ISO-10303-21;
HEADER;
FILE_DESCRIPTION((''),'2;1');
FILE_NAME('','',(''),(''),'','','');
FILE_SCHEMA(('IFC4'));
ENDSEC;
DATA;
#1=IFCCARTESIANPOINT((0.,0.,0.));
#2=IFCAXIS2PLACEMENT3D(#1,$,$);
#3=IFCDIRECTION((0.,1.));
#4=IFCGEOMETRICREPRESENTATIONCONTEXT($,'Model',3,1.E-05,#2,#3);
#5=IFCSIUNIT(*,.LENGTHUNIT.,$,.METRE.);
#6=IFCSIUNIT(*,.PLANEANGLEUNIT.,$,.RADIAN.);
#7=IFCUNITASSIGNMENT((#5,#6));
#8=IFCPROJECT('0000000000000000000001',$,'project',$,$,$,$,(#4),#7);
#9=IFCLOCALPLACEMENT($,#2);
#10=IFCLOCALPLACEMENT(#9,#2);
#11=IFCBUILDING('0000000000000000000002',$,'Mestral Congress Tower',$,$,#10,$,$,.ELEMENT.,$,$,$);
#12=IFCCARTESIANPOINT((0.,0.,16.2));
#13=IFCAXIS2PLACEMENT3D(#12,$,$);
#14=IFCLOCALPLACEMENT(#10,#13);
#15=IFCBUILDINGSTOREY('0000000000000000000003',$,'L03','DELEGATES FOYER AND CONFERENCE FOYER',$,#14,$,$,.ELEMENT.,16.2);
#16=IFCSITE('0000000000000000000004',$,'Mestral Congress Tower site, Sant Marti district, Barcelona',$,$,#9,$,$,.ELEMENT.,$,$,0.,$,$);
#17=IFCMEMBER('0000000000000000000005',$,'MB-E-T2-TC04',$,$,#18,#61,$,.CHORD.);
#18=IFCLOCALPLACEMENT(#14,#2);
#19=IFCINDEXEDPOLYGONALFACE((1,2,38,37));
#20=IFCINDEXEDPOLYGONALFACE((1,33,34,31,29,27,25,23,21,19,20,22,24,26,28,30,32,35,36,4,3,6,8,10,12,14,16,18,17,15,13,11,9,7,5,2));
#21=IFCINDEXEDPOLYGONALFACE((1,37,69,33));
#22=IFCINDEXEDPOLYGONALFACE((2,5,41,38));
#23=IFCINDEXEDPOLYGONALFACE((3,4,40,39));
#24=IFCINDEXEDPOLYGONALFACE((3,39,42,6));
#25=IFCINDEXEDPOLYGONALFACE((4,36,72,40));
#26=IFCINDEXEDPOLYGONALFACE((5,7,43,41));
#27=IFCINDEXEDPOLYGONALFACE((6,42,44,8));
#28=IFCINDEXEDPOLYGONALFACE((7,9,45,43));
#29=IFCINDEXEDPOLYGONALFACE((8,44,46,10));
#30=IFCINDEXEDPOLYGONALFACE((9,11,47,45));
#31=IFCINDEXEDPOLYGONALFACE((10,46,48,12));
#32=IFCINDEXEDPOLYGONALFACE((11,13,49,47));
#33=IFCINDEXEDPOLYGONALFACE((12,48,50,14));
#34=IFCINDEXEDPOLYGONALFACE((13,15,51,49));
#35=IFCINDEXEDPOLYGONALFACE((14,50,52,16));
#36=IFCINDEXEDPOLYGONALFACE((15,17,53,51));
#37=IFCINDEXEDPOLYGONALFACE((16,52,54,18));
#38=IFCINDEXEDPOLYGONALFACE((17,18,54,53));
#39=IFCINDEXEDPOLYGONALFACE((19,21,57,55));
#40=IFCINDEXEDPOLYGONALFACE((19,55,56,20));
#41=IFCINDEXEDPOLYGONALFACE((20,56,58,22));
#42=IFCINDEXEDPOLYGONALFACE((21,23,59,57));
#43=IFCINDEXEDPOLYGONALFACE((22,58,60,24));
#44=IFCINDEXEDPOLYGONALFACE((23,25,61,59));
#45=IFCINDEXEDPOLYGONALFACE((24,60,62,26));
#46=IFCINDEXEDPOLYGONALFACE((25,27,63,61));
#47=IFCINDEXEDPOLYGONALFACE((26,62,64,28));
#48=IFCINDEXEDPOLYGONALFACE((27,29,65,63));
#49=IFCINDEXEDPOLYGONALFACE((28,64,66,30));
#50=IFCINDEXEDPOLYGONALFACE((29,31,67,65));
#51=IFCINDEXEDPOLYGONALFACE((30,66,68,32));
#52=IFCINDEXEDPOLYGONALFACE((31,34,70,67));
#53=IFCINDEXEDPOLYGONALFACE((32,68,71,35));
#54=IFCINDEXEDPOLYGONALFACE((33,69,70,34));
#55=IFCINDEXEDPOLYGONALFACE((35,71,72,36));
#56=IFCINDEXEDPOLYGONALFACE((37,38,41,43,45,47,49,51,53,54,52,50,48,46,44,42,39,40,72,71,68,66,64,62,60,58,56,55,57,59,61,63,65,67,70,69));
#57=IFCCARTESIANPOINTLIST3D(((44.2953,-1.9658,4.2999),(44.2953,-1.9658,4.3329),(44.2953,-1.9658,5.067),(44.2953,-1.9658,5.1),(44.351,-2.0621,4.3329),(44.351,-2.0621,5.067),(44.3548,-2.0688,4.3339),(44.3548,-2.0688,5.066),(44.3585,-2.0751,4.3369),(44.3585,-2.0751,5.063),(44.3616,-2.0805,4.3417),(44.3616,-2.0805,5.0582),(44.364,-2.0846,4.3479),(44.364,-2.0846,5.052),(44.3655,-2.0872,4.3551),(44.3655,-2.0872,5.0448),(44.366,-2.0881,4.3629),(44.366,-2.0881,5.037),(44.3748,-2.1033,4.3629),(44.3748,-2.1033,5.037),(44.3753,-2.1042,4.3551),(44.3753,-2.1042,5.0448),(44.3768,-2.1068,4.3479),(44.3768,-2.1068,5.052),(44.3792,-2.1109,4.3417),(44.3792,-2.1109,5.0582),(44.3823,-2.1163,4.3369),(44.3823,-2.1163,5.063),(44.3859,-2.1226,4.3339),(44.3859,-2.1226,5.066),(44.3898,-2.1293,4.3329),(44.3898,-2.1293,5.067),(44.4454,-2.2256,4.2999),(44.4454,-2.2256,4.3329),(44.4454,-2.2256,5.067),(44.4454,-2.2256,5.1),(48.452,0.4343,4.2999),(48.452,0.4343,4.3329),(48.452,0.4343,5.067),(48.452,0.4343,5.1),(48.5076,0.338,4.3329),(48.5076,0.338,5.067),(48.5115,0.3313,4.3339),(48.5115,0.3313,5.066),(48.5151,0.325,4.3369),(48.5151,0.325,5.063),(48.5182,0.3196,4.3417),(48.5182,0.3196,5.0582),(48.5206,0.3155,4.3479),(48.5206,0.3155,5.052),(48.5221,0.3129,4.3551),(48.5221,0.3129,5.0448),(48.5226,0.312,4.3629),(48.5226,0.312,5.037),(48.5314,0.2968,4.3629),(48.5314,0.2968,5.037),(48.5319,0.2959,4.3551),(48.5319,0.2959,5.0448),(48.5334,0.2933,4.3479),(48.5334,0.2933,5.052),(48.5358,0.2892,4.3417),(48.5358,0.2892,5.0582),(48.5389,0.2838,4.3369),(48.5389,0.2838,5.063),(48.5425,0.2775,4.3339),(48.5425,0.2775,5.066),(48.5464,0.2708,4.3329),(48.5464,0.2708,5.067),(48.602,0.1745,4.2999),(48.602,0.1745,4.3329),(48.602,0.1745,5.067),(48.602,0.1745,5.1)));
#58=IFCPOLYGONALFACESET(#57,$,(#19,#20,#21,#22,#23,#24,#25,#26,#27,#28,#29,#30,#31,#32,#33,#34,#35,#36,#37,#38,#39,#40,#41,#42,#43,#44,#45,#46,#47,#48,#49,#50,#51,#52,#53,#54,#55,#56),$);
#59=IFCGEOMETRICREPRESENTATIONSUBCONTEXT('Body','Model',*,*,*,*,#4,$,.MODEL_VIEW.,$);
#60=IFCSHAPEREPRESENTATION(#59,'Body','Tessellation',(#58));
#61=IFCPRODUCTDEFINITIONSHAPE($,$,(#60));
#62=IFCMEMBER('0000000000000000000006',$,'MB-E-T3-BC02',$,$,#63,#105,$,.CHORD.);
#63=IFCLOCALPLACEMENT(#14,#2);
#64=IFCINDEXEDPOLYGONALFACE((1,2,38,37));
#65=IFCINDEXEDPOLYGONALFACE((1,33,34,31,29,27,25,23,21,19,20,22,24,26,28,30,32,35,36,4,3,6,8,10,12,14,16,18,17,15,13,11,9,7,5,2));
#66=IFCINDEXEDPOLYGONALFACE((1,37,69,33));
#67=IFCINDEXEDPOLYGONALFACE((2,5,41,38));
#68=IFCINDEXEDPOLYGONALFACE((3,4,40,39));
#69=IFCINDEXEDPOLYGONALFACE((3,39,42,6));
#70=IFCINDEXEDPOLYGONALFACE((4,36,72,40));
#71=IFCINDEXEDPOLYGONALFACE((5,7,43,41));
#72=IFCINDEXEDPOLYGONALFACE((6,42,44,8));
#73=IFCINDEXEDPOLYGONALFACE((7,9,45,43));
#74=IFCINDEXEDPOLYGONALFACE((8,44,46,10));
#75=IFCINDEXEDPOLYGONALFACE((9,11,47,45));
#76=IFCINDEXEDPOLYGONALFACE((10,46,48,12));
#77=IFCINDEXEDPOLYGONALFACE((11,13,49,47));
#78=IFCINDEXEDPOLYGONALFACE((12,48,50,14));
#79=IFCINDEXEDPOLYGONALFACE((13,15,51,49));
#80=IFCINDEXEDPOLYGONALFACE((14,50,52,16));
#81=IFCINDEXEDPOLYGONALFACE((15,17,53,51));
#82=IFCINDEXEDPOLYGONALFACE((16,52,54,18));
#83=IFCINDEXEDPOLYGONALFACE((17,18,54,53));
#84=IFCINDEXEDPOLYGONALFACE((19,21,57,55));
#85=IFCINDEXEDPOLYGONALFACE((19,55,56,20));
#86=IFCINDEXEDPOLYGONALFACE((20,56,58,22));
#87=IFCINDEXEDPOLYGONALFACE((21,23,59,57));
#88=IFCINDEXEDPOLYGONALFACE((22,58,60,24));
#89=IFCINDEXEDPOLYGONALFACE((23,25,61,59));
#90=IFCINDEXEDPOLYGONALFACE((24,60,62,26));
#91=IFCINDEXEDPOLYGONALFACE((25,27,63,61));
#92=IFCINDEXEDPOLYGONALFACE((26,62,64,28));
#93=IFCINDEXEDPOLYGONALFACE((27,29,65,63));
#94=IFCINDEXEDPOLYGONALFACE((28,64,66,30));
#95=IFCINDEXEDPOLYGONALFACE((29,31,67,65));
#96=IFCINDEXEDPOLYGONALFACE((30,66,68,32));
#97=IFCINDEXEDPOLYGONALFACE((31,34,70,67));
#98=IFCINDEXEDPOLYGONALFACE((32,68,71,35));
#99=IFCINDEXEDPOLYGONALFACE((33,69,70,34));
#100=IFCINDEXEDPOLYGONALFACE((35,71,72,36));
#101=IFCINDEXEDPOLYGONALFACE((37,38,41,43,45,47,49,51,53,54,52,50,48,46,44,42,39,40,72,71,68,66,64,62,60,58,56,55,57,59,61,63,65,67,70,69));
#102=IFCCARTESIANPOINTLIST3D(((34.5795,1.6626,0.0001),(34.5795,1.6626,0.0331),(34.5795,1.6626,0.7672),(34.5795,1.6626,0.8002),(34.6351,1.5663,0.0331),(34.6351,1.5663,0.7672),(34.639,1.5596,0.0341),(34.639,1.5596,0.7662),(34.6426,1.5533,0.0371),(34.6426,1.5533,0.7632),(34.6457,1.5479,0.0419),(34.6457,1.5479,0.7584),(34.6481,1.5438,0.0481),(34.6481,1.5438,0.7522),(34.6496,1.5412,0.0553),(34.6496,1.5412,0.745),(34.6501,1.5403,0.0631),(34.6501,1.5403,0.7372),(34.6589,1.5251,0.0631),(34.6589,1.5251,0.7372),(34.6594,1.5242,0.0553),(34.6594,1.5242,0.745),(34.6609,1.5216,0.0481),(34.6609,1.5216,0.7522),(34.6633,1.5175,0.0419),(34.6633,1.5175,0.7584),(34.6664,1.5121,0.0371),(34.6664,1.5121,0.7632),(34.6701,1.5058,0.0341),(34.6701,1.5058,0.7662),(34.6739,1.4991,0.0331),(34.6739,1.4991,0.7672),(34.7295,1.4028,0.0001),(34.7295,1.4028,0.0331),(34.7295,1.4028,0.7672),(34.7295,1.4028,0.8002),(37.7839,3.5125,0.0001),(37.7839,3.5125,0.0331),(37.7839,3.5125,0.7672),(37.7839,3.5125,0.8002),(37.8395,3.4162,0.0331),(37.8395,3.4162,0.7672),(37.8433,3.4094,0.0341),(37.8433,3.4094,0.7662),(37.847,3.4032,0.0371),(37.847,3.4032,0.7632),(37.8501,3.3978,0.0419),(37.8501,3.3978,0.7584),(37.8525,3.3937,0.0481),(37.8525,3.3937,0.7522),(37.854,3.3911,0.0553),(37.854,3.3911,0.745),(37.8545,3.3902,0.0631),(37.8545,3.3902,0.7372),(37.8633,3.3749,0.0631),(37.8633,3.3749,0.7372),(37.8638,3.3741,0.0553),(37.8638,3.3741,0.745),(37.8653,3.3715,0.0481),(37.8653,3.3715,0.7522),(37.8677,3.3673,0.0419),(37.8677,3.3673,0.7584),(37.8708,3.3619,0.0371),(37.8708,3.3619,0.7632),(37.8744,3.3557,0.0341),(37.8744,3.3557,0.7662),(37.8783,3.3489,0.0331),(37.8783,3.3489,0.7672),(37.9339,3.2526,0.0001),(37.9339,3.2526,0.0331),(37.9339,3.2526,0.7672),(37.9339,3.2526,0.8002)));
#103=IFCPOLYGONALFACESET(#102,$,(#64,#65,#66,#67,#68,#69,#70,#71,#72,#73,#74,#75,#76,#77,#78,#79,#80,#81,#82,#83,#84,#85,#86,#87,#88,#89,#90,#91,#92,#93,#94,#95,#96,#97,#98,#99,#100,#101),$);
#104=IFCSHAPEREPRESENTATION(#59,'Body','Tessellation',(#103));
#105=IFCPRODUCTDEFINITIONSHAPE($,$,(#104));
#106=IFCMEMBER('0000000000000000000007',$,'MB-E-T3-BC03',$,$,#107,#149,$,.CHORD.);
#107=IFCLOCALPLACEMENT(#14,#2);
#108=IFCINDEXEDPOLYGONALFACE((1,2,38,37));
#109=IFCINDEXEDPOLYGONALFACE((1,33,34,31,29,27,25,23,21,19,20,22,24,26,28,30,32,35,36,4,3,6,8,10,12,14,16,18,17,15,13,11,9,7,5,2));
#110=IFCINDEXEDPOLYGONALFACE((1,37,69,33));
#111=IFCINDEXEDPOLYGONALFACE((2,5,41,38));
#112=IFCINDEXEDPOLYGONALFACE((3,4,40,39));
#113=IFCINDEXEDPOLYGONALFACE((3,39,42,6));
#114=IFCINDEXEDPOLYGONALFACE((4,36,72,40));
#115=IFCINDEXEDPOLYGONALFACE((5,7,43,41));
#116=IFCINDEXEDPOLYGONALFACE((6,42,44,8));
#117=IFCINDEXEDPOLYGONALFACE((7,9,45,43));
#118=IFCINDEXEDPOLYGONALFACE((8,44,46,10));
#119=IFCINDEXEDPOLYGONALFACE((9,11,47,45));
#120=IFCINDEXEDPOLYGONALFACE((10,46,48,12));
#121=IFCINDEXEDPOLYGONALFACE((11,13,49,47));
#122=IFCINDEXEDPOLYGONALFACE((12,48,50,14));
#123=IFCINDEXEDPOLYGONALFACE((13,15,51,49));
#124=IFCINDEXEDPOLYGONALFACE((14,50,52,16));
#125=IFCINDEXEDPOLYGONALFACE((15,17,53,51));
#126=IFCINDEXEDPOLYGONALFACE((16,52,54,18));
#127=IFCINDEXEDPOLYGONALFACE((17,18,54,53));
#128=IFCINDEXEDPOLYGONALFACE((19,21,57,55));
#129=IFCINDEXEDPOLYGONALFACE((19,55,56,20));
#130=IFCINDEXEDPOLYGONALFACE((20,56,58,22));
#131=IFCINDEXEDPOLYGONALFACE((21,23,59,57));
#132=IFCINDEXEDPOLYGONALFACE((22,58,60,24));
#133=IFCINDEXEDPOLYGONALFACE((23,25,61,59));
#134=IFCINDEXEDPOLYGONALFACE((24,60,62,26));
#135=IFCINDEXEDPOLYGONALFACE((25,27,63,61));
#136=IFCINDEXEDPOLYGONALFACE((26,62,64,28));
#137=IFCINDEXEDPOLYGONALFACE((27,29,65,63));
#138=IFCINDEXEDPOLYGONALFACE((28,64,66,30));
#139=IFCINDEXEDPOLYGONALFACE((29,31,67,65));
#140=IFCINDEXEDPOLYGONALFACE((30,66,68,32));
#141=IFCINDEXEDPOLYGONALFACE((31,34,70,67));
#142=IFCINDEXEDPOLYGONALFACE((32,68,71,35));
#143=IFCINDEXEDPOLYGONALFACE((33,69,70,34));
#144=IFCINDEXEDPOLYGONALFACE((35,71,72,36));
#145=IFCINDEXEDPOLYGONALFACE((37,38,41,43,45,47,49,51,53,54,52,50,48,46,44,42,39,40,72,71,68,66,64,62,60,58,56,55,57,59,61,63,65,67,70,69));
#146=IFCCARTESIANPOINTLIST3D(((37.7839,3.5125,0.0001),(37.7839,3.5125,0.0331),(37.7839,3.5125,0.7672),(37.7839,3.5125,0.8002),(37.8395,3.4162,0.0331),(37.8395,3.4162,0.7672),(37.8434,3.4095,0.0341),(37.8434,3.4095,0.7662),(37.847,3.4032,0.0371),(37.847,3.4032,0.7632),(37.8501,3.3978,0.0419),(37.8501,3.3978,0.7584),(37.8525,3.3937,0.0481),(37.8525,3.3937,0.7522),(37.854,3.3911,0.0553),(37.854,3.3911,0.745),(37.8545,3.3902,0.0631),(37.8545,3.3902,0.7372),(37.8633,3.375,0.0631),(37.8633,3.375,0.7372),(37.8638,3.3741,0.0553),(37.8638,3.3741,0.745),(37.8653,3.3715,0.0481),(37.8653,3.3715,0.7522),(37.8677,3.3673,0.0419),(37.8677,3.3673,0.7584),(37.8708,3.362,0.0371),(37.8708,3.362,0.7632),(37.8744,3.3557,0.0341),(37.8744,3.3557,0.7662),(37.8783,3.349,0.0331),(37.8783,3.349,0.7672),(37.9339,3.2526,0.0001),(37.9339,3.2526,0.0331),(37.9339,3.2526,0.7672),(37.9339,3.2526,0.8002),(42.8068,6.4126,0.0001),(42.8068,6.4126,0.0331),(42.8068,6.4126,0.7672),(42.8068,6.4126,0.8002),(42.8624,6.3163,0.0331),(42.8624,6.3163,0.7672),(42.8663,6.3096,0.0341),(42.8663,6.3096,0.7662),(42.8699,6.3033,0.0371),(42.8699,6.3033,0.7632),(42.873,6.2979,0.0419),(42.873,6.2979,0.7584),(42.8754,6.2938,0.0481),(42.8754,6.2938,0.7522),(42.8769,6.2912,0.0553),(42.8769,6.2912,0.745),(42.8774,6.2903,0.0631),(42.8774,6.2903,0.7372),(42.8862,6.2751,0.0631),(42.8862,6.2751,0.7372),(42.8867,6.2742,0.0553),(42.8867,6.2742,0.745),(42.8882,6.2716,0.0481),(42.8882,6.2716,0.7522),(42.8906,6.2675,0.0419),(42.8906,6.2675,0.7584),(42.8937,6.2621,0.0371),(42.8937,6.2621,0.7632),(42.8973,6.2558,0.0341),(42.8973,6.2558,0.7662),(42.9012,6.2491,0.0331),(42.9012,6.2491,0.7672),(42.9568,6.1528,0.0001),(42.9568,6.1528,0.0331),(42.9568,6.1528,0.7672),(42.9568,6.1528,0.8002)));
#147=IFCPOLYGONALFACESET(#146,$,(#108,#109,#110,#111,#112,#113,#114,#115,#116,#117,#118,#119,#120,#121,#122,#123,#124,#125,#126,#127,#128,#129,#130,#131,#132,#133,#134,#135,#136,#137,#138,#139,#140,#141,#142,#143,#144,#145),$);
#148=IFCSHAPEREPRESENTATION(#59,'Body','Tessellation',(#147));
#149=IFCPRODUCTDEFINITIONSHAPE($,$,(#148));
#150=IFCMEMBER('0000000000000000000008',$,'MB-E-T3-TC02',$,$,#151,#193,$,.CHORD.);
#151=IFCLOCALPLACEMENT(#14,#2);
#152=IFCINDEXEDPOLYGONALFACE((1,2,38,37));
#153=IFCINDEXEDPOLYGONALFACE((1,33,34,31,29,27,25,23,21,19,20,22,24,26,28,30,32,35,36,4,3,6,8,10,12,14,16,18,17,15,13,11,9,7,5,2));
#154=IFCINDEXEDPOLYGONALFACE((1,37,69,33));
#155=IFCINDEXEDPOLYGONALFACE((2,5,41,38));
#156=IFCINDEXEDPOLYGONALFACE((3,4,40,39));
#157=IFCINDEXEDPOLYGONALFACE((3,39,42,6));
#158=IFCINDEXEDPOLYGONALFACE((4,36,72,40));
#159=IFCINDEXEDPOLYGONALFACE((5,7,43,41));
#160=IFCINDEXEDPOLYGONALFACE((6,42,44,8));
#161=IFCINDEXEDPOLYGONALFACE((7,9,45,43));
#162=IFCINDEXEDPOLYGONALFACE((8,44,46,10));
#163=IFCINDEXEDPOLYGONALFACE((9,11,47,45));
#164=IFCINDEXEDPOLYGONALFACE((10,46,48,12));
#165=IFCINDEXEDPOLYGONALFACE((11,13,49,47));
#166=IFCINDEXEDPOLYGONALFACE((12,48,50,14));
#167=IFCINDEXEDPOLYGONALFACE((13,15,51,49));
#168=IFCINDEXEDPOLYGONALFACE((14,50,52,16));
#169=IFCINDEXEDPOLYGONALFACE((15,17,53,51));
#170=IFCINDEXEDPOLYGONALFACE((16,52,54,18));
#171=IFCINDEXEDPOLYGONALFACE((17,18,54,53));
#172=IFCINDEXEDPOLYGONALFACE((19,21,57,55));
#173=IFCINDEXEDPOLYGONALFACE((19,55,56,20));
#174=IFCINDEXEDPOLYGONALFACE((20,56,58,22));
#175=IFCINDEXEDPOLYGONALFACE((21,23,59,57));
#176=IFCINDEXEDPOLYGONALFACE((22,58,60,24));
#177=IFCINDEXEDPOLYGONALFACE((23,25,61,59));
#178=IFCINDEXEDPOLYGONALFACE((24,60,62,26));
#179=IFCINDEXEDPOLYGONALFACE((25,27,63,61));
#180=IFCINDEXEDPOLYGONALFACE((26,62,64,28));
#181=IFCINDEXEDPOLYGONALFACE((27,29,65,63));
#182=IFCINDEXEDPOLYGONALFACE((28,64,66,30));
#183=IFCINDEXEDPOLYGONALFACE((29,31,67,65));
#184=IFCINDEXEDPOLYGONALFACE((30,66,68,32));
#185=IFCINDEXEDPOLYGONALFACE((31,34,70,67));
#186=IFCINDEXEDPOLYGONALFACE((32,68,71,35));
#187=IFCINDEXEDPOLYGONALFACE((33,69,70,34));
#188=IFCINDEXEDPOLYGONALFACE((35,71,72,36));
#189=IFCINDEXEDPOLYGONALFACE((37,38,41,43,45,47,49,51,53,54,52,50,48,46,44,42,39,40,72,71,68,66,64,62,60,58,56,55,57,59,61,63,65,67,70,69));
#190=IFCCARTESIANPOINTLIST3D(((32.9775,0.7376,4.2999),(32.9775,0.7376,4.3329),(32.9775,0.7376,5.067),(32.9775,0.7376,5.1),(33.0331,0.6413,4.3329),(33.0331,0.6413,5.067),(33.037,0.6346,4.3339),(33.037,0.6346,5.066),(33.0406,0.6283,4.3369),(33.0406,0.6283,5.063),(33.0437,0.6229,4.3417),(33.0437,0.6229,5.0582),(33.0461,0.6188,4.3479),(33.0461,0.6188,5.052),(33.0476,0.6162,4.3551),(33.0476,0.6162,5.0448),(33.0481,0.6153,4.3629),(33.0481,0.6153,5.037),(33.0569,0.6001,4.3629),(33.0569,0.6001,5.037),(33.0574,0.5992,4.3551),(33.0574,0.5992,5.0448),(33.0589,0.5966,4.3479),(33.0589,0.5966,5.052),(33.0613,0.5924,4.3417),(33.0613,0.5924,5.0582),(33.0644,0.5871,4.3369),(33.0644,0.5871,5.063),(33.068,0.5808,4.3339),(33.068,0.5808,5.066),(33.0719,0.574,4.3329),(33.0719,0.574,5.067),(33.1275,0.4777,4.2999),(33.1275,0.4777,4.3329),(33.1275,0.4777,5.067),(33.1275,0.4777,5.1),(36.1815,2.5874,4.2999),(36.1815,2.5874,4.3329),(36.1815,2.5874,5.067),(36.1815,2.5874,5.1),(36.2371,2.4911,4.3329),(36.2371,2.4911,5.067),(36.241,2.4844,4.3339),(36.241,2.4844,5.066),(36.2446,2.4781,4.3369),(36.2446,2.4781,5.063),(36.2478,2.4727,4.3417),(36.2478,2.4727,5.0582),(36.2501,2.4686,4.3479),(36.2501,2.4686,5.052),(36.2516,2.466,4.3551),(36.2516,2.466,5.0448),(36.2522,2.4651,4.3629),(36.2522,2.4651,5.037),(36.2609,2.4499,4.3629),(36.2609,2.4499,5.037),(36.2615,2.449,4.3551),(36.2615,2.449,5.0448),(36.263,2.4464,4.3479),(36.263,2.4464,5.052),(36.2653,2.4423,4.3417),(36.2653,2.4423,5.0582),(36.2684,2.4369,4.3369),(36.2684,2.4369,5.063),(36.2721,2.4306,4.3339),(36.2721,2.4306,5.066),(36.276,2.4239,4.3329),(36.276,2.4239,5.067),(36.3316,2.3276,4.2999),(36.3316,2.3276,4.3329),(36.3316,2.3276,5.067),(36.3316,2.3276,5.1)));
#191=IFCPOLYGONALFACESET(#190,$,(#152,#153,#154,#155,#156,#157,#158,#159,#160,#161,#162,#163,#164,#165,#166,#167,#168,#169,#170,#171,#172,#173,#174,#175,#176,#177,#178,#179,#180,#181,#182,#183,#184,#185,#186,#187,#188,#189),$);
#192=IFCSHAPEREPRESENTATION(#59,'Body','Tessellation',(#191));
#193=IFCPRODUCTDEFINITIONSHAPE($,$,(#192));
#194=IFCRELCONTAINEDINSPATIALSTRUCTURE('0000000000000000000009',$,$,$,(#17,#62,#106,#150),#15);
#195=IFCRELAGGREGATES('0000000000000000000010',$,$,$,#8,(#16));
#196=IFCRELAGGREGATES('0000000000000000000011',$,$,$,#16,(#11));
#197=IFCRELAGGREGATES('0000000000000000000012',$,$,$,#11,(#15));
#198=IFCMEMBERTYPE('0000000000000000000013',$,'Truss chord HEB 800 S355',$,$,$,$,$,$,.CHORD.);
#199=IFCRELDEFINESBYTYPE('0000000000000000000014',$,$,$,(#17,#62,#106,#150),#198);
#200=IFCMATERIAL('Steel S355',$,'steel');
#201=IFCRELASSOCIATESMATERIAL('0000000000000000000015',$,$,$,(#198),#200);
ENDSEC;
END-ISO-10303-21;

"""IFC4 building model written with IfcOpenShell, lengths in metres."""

from ifc_helpers import new_model, si_unit, direction, frame, origin, origin_2d, place, context, subcontext, project, spatial, i_section, extrude, material, material_profile, profile_set, type_object, element, save


model = new_model("IFC4")

# Units and contexts
model_context = context("Model", 3, precision=1e-05, world=origin(), true_north=direction((0.0, 1.0)))
body_context = subcontext(model_context, "Body", "Model", "MODEL_VIEW")
ifc_project = project(units=[si_unit("LENGTHUNIT", "METRE"), si_unit("PLANEANGLEUNIT", "RADIAN")], contexts=[model_context])

# Site, building, storey
site_placement = place(None, origin())
site = spatial("IfcSite", under=ifc_project, at=site_placement, Name="Mestral Congress Tower site, Sant Marti district, Barcelona", CompositionType="ELEMENT", RefElevation=0.0)
building_placement = place(site_placement, origin())
building = spatial("IfcBuilding", under=site, at=building_placement, Name="Mestral Congress Tower", CompositionType="ELEMENT")
storey_placement = place(building_placement, frame((0.0, 0.0, 16.2)))
storey = spatial("IfcBuildingStorey", under=building, at=storey_placement, Name="L03", Description="DELEGATES FOYER AND CONFERENCE FOYER", CompositionType="ELEMENT", Elevation=16.2)

# Members
ifc_material_1 = material(Name="Steel S355", Category="steel")
ifc_material_profile_1 = material_profile(ifc_material_1, i_section(OverallWidth=0.3, OverallDepth=0.8, WebThickness=0.0176, FlangeThickness=0.033, FilletRadius=0.03, at=origin_2d()), Name="HEB 800")
ifc_profile_set_1 = profile_set([ifc_material_profile_1], Name="Steel S355")
member_type_1 = type_object("IfcMemberType", Name="Truss chord HEB 800 S355", PredefinedType="CHORD", material=ifc_profile_set_1)
member_1_placement = place(storey_placement, frame((44.3704, -2.0957, 4.7), z_axis=(0.866003, 0.500039, 0.0), x_axis=(-0.500039, 0.866003, 0.0)))
element("IfcMember", 1, at=member_1_placement, inside=storey, type_object=member_type_1, Name="MB-E-T2-TC04", PredefinedType="CHORD", context=body_context, shape_type="SweptSolid", body=[
    extrude(i_section(OverallWidth=0.3, OverallDepth=0.8, WebThickness=0.0176, FlangeThickness=0.033, FilletRadius=0.03, at=origin_2d()), origin(), (0.0, 0.0, 1.0), 4.7998),
])
member_2_placement = place(storey_placement, frame((34.6545, 1.5327, 0.4001), z_axis=(0.866046, 0.499964, 0.0), x_axis=(-0.499964, 0.866046, 0.0)))
element("IfcMember", 2, at=member_2_placement, inside=storey, type_object=member_type_1, Name="MB-E-T3-BC02", PredefinedType="CHORD", context=body_context, shape_type="SweptSolid", body=[
    extrude(i_section(OverallWidth=0.3, OverallDepth=0.8, WebThickness=0.0176, FlangeThickness=0.033, FilletRadius=0.03, at=origin_2d()), origin(), (0.0, 0.0, 1.0), 3.7),
])
member_3_placement = place(storey_placement, frame((37.8589, 3.3826, 0.4001), z_axis=(0.866015, 0.500019, 0.0), x_axis=(-0.500019, 0.866015, 0.0)))
element("IfcMember", 3, at=member_3_placement, inside=storey, type_object=member_type_1, Name="MB-E-T3-BC03", PredefinedType="CHORD", context=body_context, shape_type="SweptSolid", body=[
    extrude(i_section(OverallWidth=0.3, OverallDepth=0.8, WebThickness=0.0176, FlangeThickness=0.033, FilletRadius=0.03, at=origin_2d()), origin(), (0.0, 0.0, 1.0), 5.8),
])
member_4_placement = place(storey_placement, frame((33.0525, 0.6077, 4.7), z_axis=(0.86603, 0.499993, 0.0), x_axis=(-0.499993, 0.86603, 0.0)))
element("IfcMember", 4, at=member_4_placement, inside=storey, type_object=member_type_1, Name="MB-E-T3-TC02", PredefinedType="CHORD", context=body_context, shape_type="SweptSolid", body=[
    extrude(i_section(OverallWidth=0.3, OverallDepth=0.8, WebThickness=0.0176, FlangeThickness=0.033, FilletRadius=0.03, at=origin_2d()), origin(), (0.0, 0.0, 1.0), 3.6997),
])

save(model, "model.ifc")
